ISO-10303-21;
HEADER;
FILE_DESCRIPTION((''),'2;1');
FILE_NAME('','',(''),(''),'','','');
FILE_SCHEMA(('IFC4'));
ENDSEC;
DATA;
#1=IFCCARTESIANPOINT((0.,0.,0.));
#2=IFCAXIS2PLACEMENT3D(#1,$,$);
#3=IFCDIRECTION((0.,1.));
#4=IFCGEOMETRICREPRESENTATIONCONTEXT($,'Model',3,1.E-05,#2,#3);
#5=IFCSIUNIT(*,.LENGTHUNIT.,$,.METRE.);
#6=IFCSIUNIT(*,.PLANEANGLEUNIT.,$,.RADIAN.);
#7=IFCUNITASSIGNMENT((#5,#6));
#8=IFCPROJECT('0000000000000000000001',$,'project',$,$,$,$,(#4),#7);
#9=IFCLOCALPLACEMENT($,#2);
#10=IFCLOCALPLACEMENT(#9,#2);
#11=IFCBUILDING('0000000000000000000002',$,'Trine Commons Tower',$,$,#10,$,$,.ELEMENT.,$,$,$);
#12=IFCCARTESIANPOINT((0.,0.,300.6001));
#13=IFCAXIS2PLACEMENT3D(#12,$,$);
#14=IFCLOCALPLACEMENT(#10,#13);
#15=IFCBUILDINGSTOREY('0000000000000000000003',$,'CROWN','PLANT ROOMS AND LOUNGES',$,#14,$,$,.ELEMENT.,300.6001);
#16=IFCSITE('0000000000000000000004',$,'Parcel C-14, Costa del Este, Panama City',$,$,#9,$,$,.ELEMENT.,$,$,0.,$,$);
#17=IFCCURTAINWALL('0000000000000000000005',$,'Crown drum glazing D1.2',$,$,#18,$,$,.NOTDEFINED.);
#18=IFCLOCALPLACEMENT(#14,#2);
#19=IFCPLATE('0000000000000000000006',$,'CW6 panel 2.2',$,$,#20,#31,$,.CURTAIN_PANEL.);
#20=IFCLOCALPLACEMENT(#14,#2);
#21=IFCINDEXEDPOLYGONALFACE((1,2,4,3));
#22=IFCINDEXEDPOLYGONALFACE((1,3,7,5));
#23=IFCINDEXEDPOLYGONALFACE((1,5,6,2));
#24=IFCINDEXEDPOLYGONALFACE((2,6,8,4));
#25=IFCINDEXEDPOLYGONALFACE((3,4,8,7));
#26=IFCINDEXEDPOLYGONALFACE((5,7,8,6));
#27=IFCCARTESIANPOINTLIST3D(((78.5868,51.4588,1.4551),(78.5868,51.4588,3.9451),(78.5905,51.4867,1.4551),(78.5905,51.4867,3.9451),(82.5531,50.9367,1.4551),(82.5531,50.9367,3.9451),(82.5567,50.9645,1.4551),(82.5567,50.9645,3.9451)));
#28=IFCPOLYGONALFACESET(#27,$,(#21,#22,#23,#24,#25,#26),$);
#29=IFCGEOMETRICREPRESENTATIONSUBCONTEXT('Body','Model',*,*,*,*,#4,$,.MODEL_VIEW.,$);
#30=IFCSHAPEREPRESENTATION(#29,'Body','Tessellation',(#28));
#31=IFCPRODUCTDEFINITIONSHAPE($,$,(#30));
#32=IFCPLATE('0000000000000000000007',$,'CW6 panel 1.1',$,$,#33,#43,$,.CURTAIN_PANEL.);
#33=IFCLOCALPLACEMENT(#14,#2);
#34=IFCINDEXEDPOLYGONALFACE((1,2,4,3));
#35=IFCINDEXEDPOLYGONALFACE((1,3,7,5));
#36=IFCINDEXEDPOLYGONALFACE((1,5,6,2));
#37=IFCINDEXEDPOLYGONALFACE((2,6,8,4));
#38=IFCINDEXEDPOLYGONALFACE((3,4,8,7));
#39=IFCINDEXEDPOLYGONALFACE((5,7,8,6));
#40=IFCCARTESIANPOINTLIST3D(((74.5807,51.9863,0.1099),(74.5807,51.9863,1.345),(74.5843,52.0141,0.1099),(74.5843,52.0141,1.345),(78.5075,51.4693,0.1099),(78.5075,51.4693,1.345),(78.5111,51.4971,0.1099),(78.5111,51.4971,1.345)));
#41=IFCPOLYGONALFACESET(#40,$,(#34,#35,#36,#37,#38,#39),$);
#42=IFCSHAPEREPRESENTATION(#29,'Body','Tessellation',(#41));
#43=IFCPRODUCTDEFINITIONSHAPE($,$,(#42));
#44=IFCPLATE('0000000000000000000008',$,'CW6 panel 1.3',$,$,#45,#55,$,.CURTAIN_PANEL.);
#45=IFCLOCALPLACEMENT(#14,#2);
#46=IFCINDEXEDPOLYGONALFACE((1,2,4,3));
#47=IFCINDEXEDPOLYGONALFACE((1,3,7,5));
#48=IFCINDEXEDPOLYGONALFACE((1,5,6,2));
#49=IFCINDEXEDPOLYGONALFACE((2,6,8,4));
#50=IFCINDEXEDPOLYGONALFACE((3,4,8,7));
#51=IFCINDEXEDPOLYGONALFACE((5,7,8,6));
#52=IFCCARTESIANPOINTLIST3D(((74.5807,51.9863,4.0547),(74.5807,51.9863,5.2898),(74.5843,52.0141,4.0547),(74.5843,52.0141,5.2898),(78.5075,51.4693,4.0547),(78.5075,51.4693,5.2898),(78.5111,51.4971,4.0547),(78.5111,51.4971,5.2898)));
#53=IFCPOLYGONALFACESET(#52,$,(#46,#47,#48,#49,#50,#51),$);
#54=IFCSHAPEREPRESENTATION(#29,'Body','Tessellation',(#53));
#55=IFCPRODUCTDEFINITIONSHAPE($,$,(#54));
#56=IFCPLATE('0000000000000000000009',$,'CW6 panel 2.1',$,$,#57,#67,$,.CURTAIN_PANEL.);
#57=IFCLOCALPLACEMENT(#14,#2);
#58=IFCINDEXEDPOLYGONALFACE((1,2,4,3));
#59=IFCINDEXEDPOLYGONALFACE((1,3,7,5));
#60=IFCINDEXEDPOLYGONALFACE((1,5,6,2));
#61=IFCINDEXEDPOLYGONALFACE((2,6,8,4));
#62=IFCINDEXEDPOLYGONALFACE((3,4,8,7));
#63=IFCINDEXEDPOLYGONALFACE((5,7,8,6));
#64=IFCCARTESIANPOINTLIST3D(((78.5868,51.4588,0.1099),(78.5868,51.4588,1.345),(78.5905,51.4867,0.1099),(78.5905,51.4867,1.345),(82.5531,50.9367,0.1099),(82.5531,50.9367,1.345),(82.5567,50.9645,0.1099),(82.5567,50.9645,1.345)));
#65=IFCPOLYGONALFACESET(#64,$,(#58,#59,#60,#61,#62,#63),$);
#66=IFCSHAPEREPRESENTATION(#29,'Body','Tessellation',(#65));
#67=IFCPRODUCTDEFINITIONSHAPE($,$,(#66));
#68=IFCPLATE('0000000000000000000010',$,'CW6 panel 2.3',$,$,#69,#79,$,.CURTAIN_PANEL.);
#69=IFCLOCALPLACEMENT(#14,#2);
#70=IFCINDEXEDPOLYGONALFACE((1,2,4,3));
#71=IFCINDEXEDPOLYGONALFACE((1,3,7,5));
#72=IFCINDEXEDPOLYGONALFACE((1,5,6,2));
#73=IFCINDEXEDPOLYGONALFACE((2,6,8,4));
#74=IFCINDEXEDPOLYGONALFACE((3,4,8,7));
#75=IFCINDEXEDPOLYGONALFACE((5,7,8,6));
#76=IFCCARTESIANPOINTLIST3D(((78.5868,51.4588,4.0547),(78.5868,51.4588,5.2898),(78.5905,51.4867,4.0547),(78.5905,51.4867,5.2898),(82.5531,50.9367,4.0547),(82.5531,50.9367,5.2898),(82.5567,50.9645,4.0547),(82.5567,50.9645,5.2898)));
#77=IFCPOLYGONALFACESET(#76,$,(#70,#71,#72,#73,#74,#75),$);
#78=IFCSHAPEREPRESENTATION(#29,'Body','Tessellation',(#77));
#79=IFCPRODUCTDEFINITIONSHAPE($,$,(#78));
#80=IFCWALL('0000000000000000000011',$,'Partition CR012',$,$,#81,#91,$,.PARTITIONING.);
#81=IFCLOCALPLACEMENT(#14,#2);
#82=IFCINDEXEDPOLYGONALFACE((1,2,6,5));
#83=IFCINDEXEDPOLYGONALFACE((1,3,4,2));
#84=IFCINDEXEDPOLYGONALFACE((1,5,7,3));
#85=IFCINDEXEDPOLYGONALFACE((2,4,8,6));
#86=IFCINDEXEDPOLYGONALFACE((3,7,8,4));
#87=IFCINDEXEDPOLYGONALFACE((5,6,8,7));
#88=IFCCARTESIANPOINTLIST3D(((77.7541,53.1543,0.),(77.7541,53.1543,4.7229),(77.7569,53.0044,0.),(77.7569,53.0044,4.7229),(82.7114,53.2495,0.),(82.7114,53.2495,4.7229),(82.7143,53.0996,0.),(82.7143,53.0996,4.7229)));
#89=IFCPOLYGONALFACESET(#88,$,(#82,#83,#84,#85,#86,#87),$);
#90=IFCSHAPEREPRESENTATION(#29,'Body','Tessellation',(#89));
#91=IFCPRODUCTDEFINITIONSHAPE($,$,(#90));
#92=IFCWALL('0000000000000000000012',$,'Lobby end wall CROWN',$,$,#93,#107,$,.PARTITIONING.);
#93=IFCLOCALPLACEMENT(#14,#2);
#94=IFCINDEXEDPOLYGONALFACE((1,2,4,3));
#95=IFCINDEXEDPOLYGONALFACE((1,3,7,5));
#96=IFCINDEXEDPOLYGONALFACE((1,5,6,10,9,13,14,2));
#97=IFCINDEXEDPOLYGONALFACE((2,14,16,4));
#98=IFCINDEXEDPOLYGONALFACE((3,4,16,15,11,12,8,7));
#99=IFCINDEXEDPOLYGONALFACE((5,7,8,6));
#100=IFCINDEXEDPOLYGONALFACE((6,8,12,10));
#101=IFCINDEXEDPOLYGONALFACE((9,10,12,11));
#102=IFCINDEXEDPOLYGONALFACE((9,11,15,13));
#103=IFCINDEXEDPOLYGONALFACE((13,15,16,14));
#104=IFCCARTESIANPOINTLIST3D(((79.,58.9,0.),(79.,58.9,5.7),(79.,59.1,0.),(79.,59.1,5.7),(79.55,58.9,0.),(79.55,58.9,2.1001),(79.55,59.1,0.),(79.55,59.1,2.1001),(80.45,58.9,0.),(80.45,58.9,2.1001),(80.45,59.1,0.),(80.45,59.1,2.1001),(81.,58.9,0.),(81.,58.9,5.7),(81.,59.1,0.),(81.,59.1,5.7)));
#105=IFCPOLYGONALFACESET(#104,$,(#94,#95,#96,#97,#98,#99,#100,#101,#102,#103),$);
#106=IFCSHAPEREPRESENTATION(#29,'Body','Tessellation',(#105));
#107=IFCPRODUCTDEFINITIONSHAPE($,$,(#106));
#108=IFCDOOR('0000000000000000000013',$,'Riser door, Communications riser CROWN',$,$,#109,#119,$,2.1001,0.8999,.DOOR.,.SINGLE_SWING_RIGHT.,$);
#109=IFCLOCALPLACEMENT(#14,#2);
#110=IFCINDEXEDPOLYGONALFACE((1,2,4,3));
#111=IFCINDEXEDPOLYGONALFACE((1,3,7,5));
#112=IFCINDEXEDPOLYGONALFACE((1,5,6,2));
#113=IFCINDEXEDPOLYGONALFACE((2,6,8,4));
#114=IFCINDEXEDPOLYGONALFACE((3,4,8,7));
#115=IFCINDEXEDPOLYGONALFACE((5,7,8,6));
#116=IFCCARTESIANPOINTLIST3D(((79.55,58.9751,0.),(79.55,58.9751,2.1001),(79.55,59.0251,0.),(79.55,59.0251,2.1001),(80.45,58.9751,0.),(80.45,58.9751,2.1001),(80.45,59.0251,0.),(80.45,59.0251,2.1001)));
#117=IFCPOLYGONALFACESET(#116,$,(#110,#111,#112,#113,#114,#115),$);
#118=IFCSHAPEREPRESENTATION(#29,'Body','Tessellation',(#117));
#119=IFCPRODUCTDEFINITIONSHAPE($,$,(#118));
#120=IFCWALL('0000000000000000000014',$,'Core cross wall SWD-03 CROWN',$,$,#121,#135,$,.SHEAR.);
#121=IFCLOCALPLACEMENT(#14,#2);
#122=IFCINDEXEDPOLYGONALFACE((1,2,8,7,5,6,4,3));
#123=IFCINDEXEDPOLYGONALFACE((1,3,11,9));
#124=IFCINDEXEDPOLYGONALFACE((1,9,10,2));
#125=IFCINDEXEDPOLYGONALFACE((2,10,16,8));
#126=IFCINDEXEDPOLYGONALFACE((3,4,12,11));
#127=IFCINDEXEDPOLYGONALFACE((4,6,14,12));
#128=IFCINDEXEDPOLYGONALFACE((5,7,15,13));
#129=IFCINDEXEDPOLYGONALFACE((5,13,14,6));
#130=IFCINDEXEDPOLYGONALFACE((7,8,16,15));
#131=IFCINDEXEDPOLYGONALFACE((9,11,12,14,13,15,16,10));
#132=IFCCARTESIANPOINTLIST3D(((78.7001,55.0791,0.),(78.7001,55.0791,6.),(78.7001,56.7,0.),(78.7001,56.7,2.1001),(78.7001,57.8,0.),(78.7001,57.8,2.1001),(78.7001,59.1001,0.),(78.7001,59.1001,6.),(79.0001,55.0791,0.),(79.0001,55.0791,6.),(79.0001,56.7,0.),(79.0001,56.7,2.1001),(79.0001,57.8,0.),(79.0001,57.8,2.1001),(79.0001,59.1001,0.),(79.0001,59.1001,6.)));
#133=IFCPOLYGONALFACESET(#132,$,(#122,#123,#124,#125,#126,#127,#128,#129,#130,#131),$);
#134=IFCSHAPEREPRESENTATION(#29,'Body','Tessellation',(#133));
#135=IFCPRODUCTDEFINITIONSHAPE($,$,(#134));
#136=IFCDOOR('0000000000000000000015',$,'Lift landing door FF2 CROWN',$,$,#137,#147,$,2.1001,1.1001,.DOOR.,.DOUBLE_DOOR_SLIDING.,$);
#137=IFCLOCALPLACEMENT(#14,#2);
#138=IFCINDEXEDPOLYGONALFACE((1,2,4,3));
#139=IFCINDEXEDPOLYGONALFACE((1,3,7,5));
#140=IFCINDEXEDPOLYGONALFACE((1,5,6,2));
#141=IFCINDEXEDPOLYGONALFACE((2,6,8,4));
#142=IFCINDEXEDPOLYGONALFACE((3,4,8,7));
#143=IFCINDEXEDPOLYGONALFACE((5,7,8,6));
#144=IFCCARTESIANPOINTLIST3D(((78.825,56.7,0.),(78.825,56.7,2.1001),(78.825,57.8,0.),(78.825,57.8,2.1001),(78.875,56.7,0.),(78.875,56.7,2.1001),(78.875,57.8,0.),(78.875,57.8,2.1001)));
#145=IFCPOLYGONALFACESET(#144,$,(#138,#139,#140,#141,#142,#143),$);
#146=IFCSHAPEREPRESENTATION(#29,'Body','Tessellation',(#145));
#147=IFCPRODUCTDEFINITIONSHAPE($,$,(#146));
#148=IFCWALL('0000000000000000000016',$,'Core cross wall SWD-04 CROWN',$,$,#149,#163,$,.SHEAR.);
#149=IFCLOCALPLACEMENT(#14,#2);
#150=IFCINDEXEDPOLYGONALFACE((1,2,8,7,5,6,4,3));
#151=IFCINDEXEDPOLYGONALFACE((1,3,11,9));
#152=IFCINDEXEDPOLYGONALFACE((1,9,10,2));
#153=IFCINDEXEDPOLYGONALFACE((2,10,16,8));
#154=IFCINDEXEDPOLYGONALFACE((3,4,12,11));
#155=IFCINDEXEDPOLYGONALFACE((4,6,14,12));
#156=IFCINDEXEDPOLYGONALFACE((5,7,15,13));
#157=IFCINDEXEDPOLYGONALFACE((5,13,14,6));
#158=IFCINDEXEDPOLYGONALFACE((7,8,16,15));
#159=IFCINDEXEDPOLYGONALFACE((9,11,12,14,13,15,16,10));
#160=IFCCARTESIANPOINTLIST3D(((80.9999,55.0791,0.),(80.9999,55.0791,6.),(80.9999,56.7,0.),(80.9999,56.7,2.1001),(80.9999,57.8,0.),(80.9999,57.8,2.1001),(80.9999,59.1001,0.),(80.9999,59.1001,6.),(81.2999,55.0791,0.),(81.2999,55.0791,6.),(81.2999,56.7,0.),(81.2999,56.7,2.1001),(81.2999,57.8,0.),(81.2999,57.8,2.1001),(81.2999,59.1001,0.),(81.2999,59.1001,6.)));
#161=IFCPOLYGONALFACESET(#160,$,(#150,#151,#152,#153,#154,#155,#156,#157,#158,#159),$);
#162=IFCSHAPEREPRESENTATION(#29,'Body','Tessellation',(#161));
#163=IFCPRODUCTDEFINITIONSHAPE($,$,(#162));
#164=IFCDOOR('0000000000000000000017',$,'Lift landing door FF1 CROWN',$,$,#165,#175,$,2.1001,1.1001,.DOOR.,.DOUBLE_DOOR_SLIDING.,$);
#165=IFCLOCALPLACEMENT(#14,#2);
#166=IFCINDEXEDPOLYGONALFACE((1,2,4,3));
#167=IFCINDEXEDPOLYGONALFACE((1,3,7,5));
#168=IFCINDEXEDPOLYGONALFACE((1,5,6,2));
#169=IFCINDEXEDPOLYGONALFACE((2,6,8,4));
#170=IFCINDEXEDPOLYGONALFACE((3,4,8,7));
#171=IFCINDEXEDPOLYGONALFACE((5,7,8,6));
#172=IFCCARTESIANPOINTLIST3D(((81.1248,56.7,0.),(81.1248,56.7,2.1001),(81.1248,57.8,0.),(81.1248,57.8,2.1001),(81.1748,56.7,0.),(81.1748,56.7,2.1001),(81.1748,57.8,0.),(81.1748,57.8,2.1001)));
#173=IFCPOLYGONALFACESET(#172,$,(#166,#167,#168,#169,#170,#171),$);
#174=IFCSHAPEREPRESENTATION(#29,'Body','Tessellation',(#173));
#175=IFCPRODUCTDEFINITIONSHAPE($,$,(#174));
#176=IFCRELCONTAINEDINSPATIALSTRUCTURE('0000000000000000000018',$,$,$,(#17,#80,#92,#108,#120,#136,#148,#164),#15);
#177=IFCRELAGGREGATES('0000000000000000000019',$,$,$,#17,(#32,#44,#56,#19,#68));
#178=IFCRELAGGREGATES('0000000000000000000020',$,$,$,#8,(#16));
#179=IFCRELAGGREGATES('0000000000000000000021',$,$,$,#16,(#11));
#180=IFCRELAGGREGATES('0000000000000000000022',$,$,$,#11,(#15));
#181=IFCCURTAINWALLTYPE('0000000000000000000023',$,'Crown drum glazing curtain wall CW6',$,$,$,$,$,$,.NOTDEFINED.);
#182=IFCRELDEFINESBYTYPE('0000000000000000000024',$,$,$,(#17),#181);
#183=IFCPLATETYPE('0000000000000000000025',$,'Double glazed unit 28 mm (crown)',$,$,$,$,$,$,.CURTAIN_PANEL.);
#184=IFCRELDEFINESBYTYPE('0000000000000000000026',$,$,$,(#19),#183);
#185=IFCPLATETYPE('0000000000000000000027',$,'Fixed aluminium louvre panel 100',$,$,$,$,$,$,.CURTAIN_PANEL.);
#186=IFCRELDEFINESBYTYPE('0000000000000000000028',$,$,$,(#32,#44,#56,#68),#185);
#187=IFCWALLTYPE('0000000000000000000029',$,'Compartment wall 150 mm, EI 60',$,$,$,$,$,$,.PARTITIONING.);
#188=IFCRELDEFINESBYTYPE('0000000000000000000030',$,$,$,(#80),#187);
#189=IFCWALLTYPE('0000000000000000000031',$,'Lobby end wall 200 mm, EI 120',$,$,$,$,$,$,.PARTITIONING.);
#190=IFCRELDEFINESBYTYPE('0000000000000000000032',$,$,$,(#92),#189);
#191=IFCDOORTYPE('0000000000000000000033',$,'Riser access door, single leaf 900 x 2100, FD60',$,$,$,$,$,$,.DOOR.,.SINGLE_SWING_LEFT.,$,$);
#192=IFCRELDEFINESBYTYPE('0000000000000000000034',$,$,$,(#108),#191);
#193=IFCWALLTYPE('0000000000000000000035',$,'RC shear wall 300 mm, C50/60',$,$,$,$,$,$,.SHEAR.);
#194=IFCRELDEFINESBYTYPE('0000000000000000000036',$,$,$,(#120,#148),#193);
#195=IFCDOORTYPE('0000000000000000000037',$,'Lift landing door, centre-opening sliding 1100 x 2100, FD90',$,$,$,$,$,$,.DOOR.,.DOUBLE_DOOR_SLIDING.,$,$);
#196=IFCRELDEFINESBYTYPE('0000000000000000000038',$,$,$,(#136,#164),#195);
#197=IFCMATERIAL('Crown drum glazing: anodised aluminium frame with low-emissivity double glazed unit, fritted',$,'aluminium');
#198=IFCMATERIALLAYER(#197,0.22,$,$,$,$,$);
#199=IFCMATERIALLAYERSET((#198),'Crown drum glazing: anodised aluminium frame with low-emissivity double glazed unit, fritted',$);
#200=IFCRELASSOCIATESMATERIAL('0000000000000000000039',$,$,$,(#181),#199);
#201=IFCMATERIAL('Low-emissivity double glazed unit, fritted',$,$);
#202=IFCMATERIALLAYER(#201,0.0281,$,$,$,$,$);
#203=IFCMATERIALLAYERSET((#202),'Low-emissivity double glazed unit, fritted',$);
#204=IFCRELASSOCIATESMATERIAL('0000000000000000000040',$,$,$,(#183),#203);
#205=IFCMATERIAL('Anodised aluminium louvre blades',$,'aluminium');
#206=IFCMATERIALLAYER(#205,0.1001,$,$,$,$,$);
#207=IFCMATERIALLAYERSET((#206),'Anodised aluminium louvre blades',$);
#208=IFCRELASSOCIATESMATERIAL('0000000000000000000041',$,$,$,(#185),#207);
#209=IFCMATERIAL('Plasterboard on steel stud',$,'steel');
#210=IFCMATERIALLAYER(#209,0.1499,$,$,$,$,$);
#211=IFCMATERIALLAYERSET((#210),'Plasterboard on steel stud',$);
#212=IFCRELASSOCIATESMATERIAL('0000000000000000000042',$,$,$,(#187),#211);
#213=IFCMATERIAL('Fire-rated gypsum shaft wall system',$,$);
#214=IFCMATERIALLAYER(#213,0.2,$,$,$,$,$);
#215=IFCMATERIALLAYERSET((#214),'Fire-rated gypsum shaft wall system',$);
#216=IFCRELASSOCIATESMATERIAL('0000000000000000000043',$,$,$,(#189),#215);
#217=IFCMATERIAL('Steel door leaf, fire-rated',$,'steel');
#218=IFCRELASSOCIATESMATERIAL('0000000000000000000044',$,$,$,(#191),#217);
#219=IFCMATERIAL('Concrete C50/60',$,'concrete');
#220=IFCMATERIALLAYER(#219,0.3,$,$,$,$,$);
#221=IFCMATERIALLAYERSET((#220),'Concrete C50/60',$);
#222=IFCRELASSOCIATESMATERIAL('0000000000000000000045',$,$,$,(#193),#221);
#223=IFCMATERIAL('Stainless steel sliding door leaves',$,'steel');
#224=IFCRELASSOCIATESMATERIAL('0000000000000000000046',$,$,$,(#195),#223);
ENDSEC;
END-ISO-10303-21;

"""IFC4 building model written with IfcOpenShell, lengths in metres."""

from ifc_helpers import new_model, si_unit, direction, frame, frame_2d, origin, origin_2d, place, context, subcontext, project, spatial, rectangle, extrude, material, layer, layer_set, type_object, element, fill, aggregate, save


model = new_model("IFC4")

# Units and contexts
model_context = context("Model", 3, precision=1e-05, world=origin(), true_north=direction((0.0, 1.0)))
body_context = subcontext(model_context, "Body", "Model", "MODEL_VIEW")
ifc_project = project(units=[si_unit("LENGTHUNIT", "METRE"), si_unit("PLANEANGLEUNIT", "RADIAN")], contexts=[model_context])

# Site, building, storey
site_placement = place(None, origin())
site = spatial("IfcSite", under=ifc_project, at=site_placement, Name="Parcel C-14, Costa del Este, Panama City", CompositionType="ELEMENT", RefElevation=0.0)
building_placement = place(site_placement, origin())
building = spatial("IfcBuilding", under=site, at=building_placement, Name="Trine Commons Tower", CompositionType="ELEMENT")
storey_placement = place(building_placement, frame((0.0, 0.0, 300.6001)))
storey = spatial("IfcBuildingStorey", under=building, at=storey_placement, Name="CROWN", Description="PLANT ROOMS AND LOUNGES", CompositionType="ELEMENT", Elevation=300.6001)

# Curtain wall
ifc_material_1 = material(Name="Crown drum glazing: anodised aluminium frame with low-emissivity double glazed unit, fritted", Category="aluminium")
ifc_layer_1 = layer(ifc_material_1, 0.22)
ifc_layer_set_1 = layer_set([ifc_layer_1], Name="Crown drum glazing: anodised aluminium frame with low-emissivity double glazed unit, fritted")
curtain_wall_type = type_object("IfcCurtainWallType", Name="Crown drum glazing curtain wall CW6", PredefinedType="NOTDEFINED", material=ifc_layer_set_1)
curtain_wall_placement = place(storey_placement, origin())
curtain_wall = element("IfcCurtainWall", 1, at=curtain_wall_placement, inside=storey, type_object=curtain_wall_type, Name="Crown drum glazing D1.2", PredefinedType="NOTDEFINED")

# Plates
ifc_material_2 = material(Name="Low-emissivity double glazed unit, fritted")
ifc_layer_2 = layer(ifc_material_2, 0.0281)
ifc_layer_set_2 = layer_set([ifc_layer_2], Name="Low-emissivity double glazed unit, fritted")
plate_type_1 = type_object("IfcPlateType", Name="Double glazed unit 28 mm (crown)", PredefinedType="CURTAIN_PANEL", material=ifc_layer_set_2)
plate_1_placement = place(storey_placement, frame((80.5718, 51.2117, 1.4551), z_axis=(0.0, 0.0, 1.0), x_axis=(0.991445, -0.130526, 0.0)))
plate_1 = element("IfcPlate", 2, at=plate_1_placement, type_object=plate_type_1, Name="CW6 panel 2.2", PredefinedType="CURTAIN_PANEL", context=body_context, shape_type="SweptSolid", body=[
    extrude(rectangle(XDim=4.0005, YDim=0.0281, at=origin_2d()), origin(), (0.0, 0.0, 1.0), 2.49),
])
ifc_material_3 = material(Name="Anodised aluminium louvre blades", Category="aluminium")
ifc_layer_3 = layer(ifc_material_3, 0.1001)
ifc_layer_set_3 = layer_set([ifc_layer_3], Name="Anodised aluminium louvre blades")
plate_type_2 = type_object("IfcPlateType", Name="Fixed aluminium louvre panel 100", PredefinedType="CURTAIN_PANEL", material=ifc_layer_set_3)
plate_2_placement = place(storey_placement, frame((76.5459, 51.7417, 0.1099), z_axis=(0.0, 0.0, 1.0), x_axis=(0.991445, -0.130526, 0.0)))
plate_2 = element("IfcPlate", 3, at=plate_2_placement, type_object=plate_type_2, Name="CW6 panel 1.1", PredefinedType="CURTAIN_PANEL", context=body_context, shape_type="SweptSolid", body=[
    extrude(rectangle(XDim=3.9607, YDim=0.0281, at=origin_2d()), origin(), (0.0, 0.0, 1.0), 1.2351),
])
plate_3_placement = place(storey_placement, frame((76.5459, 51.7417, 4.0547), z_axis=(0.0, 0.0, 1.0), x_axis=(0.991445, -0.130526, 0.0)))
plate_3 = element("IfcPlate", 4, at=plate_3_placement, type_object=plate_type_2, Name="CW6 panel 1.3", PredefinedType="CURTAIN_PANEL", context=body_context, shape_type="SweptSolid", body=[
    extrude(rectangle(XDim=3.9607, YDim=0.0281, at=origin_2d()), origin(), (0.0, 0.0, 1.0), 1.2351),
])
plate_4_placement = place(storey_placement, frame((80.5718, 51.2117, 0.1099), z_axis=(0.0, 0.0, 1.0), x_axis=(0.991445, -0.130526, 0.0)))
plate_4 = element("IfcPlate", 5, at=plate_4_placement, type_object=plate_type_2, Name="CW6 panel 2.1", PredefinedType="CURTAIN_PANEL", context=body_context, shape_type="SweptSolid", body=[
    extrude(rectangle(XDim=4.0005, YDim=0.0281, at=origin_2d()), origin(), (0.0, 0.0, 1.0), 1.2351),
])
plate_5_placement = place(storey_placement, frame((80.5718, 51.2117, 4.0547), z_axis=(0.0, 0.0, 1.0), x_axis=(0.991445, -0.130526, 0.0)))
plate_5 = element("IfcPlate", 6, at=plate_5_placement, type_object=plate_type_2, Name="CW6 panel 2.3", PredefinedType="CURTAIN_PANEL", context=body_context, shape_type="SweptSolid", body=[
    extrude(rectangle(XDim=4.0005, YDim=0.0281, at=origin_2d()), origin(), (0.0, 0.0, 1.0), 1.2351),
])
aggregate(curtain_wall, [plate_2, plate_3, plate_4, plate_1, plate_5])

# Wall
ifc_material_4 = material(Name="Plasterboard on steel stud", Category="steel")
ifc_layer_4 = layer(ifc_material_4, 0.1499)
ifc_layer_set_4 = layer_set([ifc_layer_4], Name="Plasterboard on steel stud")
wall_type_1 = type_object("IfcWallType", Name="Compartment wall 150 mm, EI 60", PredefinedType="PARTITIONING", material=ifc_layer_set_4)
wall_1_placement = place(storey_placement, frame((77.7556, 53.0793, 0.0), z_axis=(0.0, 0.0, 1.0), x_axis=(0.999816, 0.019204, 0.0)))
element("IfcWall", 7, at=wall_1_placement, inside=storey, type_object=wall_type_1, Name="Partition CR012", PredefinedType="PARTITIONING", context=body_context, shape_type="SweptSolid", body=[
    extrude(rectangle(XDim=4.9583, YDim=0.1499, at=frame_2d((2.479, 0.0))), origin(), (0.0, 0.0, 1.0), 4.7229),
])

# Walls, openings, doors
ifc_material_5 = material(Name="Fire-rated gypsum shaft wall system")
ifc_layer_5 = layer(ifc_material_5, 0.2)
ifc_layer_set_5 = layer_set([ifc_layer_5], Name="Fire-rated gypsum shaft wall system")
wall_type_2 = type_object("IfcWallType", Name="Lobby end wall 200 mm, EI 120", PredefinedType="PARTITIONING", material=ifc_layer_set_5)
wall_2_placement = place(storey_placement, frame((79.0, 59.0, 0.0), z_axis=(0.0, 0.0, 1.0), x_axis=(1.0, 0.0, 0.0)))
wall_2 = element("IfcWall", 8, at=wall_2_placement, inside=storey, type_object=wall_type_2, Name="Lobby end wall CROWN", PredefinedType="PARTITIONING", context=body_context, shape_type="SweptSolid", body=[
    extrude(rectangle(XDim=2.0, YDim=0.2, at=frame_2d((1.0, 0.0))), origin(), (0.0, 0.0, 1.0), 5.7),
])
opening_1_placement = place(wall_2_placement, frame((0.55, 0.0, 0.0)))
opening_1 = element("IfcOpeningElement", 9, at=opening_1_placement, cuts=wall_2, PredefinedType="OPENING", context=body_context, shape_type="SweptSolid", body=[
    extrude(rectangle(XDim=0.8999, YDim=2.1001, at=frame_2d((0.45, 1.05))), frame((0.0, 0.1099, 0.0), z_axis=(0.0, -1.0, 0.0), x_axis=(1.0, 0.0, 0.0)), (0.0, 0.0, 1.0), 0.22),
])
ifc_material_6 = material(Name="Steel door leaf, fire-rated", Category="steel")
door_type_1 = type_object("IfcDoorType", Name="Riser access door, single leaf 900 x 2100, FD60", OperationType="SINGLE_SWING_LEFT", PredefinedType="DOOR", material=ifc_material_6)
door_1_placement = place(opening_1_placement, frame((0.8999, 0.0, 0.0), z_axis=(0.0, 0.0, 1.0), x_axis=(-1.0, 0.0, 0.0)))
door_1 = element("IfcDoor", 10, at=door_1_placement, inside=storey, type_object=door_type_1, Name="Riser door, Communications riser CROWN", OperationType="SINGLE_SWING_RIGHT", OverallHeight=2.1001, OverallWidth=0.8999, PredefinedType="DOOR", context=body_context, shape_type="SweptSolid", body=[
    extrude(rectangle(XDim=0.8999, YDim=2.1001, at=frame_2d((0.45, 1.05))), frame((0.0, 0.0249, 0.0), z_axis=(0.0, -1.0, 0.0), x_axis=(1.0, 0.0, 0.0)), (0.0, 0.0, 1.0), 0.05),
])
fill(opening_1, door_1)
ifc_material_7 = material(Name="Concrete C50/60", Category="concrete")
ifc_layer_6 = layer(ifc_material_7, 0.3)
ifc_layer_set_6 = layer_set([ifc_layer_6], Name="Concrete C50/60")
wall_type_3 = type_object("IfcWallType", Name="RC shear wall 300 mm, C50/60", PredefinedType="SHEAR", material=ifc_layer_set_6)
wall_3_placement = place(storey_placement, frame((78.8501, 59.1001, 0.0), z_axis=(0.0, 0.0, 1.0), x_axis=(0.0, -1.0, 0.0)))
wall_3 = element("IfcWall", 11, at=wall_3_placement, inside=storey, type_object=wall_type_3, Name="Core cross wall SWD-03 CROWN", PredefinedType="SHEAR", context=body_context, shape_type="SweptSolid", body=[
    extrude(rectangle(XDim=4.021, YDim=0.3, at=frame_2d((2.0105, 0.0))), origin(), (0.0, 0.0, 1.0), 6.0),
])
opening_2_placement = place(wall_3_placement, frame((1.3, 0.0, 0.0)))
opening_2 = element("IfcOpeningElement", 12, at=opening_2_placement, cuts=wall_3, PredefinedType="OPENING", context=body_context, shape_type="SweptSolid", body=[
    extrude(rectangle(XDim=1.1001, YDim=2.1001, at=frame_2d((0.55, 1.05))), frame((0.0, 0.1599, 0.0), z_axis=(0.0, -1.0, 0.0), x_axis=(1.0, 0.0, 0.0)), (0.0, 0.0, 1.0), 0.3201),
])
ifc_material_8 = material(Name="Stainless steel sliding door leaves", Category="steel")
door_type_2 = type_object("IfcDoorType", Name="Lift landing door, centre-opening sliding 1100 x 2100, FD90", OperationType="DOUBLE_DOOR_SLIDING", PredefinedType="DOOR", material=ifc_material_8)
door_2_placement = place(opening_2_placement, origin())
door_2 = element("IfcDoor", 13, at=door_2_placement, inside=storey, type_object=door_type_2, Name="Lift landing door FF2 CROWN", OperationType="DOUBLE_DOOR_SLIDING", OverallHeight=2.1001, OverallWidth=1.1001, PredefinedType="DOOR", context=body_context, shape_type="SweptSolid", body=[
    extrude(rectangle(XDim=1.1001, YDim=2.1001, at=frame_2d((0.55, 1.05))), frame((0.0, 0.0249, 0.0), z_axis=(0.0, -1.0, 0.0), x_axis=(1.0, 0.0, 0.0)), (0.0, 0.0, 1.0), 0.05),
])
fill(opening_2, door_2)
wall_4_placement = place(storey_placement, frame((81.1499, 59.1001, 0.0), z_axis=(0.0, 0.0, 1.0), x_axis=(0.0, -1.0, 0.0)))
wall_4 = element("IfcWall", 14, at=wall_4_placement, inside=storey, type_object=wall_type_3, Name="Core cross wall SWD-04 CROWN", PredefinedType="SHEAR", context=body_context, shape_type="SweptSolid", body=[
    extrude(rectangle(XDim=4.021, YDim=0.3, at=frame_2d((2.0105, 0.0))), origin(), (0.0, 0.0, 1.0), 6.0),
])
opening_3_placement = place(wall_4_placement, frame((1.3, 0.0, 0.0)))
opening_3 = element("IfcOpeningElement", 15, at=opening_3_placement, cuts=wall_4, PredefinedType="OPENING", context=body_context, shape_type="SweptSolid", body=[
    extrude(rectangle(XDim=1.1001, YDim=2.1001, at=frame_2d((0.55, 1.05))), frame((0.0, 0.1599, 0.0), z_axis=(0.0, -1.0, 0.0), x_axis=(1.0, 0.0, 0.0)), (0.0, 0.0, 1.0), 0.3201),
])
door_3_placement = place(opening_3_placement, origin())
door_3 = element("IfcDoor", 16, at=door_3_placement, inside=storey, type_object=door_type_2, Name="Lift landing door FF1 CROWN", OperationType="DOUBLE_DOOR_SLIDING", OverallHeight=2.1001, OverallWidth=1.1001, PredefinedType="DOOR", context=body_context, shape_type="SweptSolid", body=[
    extrude(rectangle(XDim=1.1001, YDim=2.1001, at=frame_2d((0.55, 1.05))), frame((0.0, 0.0249, 0.0), z_axis=(0.0, -1.0, 0.0), x_axis=(1.0, 0.0, 0.0)), (0.0, 0.0, 1.0), 0.05),
])
fill(opening_3, door_3)

save(model, "model.ifc")
